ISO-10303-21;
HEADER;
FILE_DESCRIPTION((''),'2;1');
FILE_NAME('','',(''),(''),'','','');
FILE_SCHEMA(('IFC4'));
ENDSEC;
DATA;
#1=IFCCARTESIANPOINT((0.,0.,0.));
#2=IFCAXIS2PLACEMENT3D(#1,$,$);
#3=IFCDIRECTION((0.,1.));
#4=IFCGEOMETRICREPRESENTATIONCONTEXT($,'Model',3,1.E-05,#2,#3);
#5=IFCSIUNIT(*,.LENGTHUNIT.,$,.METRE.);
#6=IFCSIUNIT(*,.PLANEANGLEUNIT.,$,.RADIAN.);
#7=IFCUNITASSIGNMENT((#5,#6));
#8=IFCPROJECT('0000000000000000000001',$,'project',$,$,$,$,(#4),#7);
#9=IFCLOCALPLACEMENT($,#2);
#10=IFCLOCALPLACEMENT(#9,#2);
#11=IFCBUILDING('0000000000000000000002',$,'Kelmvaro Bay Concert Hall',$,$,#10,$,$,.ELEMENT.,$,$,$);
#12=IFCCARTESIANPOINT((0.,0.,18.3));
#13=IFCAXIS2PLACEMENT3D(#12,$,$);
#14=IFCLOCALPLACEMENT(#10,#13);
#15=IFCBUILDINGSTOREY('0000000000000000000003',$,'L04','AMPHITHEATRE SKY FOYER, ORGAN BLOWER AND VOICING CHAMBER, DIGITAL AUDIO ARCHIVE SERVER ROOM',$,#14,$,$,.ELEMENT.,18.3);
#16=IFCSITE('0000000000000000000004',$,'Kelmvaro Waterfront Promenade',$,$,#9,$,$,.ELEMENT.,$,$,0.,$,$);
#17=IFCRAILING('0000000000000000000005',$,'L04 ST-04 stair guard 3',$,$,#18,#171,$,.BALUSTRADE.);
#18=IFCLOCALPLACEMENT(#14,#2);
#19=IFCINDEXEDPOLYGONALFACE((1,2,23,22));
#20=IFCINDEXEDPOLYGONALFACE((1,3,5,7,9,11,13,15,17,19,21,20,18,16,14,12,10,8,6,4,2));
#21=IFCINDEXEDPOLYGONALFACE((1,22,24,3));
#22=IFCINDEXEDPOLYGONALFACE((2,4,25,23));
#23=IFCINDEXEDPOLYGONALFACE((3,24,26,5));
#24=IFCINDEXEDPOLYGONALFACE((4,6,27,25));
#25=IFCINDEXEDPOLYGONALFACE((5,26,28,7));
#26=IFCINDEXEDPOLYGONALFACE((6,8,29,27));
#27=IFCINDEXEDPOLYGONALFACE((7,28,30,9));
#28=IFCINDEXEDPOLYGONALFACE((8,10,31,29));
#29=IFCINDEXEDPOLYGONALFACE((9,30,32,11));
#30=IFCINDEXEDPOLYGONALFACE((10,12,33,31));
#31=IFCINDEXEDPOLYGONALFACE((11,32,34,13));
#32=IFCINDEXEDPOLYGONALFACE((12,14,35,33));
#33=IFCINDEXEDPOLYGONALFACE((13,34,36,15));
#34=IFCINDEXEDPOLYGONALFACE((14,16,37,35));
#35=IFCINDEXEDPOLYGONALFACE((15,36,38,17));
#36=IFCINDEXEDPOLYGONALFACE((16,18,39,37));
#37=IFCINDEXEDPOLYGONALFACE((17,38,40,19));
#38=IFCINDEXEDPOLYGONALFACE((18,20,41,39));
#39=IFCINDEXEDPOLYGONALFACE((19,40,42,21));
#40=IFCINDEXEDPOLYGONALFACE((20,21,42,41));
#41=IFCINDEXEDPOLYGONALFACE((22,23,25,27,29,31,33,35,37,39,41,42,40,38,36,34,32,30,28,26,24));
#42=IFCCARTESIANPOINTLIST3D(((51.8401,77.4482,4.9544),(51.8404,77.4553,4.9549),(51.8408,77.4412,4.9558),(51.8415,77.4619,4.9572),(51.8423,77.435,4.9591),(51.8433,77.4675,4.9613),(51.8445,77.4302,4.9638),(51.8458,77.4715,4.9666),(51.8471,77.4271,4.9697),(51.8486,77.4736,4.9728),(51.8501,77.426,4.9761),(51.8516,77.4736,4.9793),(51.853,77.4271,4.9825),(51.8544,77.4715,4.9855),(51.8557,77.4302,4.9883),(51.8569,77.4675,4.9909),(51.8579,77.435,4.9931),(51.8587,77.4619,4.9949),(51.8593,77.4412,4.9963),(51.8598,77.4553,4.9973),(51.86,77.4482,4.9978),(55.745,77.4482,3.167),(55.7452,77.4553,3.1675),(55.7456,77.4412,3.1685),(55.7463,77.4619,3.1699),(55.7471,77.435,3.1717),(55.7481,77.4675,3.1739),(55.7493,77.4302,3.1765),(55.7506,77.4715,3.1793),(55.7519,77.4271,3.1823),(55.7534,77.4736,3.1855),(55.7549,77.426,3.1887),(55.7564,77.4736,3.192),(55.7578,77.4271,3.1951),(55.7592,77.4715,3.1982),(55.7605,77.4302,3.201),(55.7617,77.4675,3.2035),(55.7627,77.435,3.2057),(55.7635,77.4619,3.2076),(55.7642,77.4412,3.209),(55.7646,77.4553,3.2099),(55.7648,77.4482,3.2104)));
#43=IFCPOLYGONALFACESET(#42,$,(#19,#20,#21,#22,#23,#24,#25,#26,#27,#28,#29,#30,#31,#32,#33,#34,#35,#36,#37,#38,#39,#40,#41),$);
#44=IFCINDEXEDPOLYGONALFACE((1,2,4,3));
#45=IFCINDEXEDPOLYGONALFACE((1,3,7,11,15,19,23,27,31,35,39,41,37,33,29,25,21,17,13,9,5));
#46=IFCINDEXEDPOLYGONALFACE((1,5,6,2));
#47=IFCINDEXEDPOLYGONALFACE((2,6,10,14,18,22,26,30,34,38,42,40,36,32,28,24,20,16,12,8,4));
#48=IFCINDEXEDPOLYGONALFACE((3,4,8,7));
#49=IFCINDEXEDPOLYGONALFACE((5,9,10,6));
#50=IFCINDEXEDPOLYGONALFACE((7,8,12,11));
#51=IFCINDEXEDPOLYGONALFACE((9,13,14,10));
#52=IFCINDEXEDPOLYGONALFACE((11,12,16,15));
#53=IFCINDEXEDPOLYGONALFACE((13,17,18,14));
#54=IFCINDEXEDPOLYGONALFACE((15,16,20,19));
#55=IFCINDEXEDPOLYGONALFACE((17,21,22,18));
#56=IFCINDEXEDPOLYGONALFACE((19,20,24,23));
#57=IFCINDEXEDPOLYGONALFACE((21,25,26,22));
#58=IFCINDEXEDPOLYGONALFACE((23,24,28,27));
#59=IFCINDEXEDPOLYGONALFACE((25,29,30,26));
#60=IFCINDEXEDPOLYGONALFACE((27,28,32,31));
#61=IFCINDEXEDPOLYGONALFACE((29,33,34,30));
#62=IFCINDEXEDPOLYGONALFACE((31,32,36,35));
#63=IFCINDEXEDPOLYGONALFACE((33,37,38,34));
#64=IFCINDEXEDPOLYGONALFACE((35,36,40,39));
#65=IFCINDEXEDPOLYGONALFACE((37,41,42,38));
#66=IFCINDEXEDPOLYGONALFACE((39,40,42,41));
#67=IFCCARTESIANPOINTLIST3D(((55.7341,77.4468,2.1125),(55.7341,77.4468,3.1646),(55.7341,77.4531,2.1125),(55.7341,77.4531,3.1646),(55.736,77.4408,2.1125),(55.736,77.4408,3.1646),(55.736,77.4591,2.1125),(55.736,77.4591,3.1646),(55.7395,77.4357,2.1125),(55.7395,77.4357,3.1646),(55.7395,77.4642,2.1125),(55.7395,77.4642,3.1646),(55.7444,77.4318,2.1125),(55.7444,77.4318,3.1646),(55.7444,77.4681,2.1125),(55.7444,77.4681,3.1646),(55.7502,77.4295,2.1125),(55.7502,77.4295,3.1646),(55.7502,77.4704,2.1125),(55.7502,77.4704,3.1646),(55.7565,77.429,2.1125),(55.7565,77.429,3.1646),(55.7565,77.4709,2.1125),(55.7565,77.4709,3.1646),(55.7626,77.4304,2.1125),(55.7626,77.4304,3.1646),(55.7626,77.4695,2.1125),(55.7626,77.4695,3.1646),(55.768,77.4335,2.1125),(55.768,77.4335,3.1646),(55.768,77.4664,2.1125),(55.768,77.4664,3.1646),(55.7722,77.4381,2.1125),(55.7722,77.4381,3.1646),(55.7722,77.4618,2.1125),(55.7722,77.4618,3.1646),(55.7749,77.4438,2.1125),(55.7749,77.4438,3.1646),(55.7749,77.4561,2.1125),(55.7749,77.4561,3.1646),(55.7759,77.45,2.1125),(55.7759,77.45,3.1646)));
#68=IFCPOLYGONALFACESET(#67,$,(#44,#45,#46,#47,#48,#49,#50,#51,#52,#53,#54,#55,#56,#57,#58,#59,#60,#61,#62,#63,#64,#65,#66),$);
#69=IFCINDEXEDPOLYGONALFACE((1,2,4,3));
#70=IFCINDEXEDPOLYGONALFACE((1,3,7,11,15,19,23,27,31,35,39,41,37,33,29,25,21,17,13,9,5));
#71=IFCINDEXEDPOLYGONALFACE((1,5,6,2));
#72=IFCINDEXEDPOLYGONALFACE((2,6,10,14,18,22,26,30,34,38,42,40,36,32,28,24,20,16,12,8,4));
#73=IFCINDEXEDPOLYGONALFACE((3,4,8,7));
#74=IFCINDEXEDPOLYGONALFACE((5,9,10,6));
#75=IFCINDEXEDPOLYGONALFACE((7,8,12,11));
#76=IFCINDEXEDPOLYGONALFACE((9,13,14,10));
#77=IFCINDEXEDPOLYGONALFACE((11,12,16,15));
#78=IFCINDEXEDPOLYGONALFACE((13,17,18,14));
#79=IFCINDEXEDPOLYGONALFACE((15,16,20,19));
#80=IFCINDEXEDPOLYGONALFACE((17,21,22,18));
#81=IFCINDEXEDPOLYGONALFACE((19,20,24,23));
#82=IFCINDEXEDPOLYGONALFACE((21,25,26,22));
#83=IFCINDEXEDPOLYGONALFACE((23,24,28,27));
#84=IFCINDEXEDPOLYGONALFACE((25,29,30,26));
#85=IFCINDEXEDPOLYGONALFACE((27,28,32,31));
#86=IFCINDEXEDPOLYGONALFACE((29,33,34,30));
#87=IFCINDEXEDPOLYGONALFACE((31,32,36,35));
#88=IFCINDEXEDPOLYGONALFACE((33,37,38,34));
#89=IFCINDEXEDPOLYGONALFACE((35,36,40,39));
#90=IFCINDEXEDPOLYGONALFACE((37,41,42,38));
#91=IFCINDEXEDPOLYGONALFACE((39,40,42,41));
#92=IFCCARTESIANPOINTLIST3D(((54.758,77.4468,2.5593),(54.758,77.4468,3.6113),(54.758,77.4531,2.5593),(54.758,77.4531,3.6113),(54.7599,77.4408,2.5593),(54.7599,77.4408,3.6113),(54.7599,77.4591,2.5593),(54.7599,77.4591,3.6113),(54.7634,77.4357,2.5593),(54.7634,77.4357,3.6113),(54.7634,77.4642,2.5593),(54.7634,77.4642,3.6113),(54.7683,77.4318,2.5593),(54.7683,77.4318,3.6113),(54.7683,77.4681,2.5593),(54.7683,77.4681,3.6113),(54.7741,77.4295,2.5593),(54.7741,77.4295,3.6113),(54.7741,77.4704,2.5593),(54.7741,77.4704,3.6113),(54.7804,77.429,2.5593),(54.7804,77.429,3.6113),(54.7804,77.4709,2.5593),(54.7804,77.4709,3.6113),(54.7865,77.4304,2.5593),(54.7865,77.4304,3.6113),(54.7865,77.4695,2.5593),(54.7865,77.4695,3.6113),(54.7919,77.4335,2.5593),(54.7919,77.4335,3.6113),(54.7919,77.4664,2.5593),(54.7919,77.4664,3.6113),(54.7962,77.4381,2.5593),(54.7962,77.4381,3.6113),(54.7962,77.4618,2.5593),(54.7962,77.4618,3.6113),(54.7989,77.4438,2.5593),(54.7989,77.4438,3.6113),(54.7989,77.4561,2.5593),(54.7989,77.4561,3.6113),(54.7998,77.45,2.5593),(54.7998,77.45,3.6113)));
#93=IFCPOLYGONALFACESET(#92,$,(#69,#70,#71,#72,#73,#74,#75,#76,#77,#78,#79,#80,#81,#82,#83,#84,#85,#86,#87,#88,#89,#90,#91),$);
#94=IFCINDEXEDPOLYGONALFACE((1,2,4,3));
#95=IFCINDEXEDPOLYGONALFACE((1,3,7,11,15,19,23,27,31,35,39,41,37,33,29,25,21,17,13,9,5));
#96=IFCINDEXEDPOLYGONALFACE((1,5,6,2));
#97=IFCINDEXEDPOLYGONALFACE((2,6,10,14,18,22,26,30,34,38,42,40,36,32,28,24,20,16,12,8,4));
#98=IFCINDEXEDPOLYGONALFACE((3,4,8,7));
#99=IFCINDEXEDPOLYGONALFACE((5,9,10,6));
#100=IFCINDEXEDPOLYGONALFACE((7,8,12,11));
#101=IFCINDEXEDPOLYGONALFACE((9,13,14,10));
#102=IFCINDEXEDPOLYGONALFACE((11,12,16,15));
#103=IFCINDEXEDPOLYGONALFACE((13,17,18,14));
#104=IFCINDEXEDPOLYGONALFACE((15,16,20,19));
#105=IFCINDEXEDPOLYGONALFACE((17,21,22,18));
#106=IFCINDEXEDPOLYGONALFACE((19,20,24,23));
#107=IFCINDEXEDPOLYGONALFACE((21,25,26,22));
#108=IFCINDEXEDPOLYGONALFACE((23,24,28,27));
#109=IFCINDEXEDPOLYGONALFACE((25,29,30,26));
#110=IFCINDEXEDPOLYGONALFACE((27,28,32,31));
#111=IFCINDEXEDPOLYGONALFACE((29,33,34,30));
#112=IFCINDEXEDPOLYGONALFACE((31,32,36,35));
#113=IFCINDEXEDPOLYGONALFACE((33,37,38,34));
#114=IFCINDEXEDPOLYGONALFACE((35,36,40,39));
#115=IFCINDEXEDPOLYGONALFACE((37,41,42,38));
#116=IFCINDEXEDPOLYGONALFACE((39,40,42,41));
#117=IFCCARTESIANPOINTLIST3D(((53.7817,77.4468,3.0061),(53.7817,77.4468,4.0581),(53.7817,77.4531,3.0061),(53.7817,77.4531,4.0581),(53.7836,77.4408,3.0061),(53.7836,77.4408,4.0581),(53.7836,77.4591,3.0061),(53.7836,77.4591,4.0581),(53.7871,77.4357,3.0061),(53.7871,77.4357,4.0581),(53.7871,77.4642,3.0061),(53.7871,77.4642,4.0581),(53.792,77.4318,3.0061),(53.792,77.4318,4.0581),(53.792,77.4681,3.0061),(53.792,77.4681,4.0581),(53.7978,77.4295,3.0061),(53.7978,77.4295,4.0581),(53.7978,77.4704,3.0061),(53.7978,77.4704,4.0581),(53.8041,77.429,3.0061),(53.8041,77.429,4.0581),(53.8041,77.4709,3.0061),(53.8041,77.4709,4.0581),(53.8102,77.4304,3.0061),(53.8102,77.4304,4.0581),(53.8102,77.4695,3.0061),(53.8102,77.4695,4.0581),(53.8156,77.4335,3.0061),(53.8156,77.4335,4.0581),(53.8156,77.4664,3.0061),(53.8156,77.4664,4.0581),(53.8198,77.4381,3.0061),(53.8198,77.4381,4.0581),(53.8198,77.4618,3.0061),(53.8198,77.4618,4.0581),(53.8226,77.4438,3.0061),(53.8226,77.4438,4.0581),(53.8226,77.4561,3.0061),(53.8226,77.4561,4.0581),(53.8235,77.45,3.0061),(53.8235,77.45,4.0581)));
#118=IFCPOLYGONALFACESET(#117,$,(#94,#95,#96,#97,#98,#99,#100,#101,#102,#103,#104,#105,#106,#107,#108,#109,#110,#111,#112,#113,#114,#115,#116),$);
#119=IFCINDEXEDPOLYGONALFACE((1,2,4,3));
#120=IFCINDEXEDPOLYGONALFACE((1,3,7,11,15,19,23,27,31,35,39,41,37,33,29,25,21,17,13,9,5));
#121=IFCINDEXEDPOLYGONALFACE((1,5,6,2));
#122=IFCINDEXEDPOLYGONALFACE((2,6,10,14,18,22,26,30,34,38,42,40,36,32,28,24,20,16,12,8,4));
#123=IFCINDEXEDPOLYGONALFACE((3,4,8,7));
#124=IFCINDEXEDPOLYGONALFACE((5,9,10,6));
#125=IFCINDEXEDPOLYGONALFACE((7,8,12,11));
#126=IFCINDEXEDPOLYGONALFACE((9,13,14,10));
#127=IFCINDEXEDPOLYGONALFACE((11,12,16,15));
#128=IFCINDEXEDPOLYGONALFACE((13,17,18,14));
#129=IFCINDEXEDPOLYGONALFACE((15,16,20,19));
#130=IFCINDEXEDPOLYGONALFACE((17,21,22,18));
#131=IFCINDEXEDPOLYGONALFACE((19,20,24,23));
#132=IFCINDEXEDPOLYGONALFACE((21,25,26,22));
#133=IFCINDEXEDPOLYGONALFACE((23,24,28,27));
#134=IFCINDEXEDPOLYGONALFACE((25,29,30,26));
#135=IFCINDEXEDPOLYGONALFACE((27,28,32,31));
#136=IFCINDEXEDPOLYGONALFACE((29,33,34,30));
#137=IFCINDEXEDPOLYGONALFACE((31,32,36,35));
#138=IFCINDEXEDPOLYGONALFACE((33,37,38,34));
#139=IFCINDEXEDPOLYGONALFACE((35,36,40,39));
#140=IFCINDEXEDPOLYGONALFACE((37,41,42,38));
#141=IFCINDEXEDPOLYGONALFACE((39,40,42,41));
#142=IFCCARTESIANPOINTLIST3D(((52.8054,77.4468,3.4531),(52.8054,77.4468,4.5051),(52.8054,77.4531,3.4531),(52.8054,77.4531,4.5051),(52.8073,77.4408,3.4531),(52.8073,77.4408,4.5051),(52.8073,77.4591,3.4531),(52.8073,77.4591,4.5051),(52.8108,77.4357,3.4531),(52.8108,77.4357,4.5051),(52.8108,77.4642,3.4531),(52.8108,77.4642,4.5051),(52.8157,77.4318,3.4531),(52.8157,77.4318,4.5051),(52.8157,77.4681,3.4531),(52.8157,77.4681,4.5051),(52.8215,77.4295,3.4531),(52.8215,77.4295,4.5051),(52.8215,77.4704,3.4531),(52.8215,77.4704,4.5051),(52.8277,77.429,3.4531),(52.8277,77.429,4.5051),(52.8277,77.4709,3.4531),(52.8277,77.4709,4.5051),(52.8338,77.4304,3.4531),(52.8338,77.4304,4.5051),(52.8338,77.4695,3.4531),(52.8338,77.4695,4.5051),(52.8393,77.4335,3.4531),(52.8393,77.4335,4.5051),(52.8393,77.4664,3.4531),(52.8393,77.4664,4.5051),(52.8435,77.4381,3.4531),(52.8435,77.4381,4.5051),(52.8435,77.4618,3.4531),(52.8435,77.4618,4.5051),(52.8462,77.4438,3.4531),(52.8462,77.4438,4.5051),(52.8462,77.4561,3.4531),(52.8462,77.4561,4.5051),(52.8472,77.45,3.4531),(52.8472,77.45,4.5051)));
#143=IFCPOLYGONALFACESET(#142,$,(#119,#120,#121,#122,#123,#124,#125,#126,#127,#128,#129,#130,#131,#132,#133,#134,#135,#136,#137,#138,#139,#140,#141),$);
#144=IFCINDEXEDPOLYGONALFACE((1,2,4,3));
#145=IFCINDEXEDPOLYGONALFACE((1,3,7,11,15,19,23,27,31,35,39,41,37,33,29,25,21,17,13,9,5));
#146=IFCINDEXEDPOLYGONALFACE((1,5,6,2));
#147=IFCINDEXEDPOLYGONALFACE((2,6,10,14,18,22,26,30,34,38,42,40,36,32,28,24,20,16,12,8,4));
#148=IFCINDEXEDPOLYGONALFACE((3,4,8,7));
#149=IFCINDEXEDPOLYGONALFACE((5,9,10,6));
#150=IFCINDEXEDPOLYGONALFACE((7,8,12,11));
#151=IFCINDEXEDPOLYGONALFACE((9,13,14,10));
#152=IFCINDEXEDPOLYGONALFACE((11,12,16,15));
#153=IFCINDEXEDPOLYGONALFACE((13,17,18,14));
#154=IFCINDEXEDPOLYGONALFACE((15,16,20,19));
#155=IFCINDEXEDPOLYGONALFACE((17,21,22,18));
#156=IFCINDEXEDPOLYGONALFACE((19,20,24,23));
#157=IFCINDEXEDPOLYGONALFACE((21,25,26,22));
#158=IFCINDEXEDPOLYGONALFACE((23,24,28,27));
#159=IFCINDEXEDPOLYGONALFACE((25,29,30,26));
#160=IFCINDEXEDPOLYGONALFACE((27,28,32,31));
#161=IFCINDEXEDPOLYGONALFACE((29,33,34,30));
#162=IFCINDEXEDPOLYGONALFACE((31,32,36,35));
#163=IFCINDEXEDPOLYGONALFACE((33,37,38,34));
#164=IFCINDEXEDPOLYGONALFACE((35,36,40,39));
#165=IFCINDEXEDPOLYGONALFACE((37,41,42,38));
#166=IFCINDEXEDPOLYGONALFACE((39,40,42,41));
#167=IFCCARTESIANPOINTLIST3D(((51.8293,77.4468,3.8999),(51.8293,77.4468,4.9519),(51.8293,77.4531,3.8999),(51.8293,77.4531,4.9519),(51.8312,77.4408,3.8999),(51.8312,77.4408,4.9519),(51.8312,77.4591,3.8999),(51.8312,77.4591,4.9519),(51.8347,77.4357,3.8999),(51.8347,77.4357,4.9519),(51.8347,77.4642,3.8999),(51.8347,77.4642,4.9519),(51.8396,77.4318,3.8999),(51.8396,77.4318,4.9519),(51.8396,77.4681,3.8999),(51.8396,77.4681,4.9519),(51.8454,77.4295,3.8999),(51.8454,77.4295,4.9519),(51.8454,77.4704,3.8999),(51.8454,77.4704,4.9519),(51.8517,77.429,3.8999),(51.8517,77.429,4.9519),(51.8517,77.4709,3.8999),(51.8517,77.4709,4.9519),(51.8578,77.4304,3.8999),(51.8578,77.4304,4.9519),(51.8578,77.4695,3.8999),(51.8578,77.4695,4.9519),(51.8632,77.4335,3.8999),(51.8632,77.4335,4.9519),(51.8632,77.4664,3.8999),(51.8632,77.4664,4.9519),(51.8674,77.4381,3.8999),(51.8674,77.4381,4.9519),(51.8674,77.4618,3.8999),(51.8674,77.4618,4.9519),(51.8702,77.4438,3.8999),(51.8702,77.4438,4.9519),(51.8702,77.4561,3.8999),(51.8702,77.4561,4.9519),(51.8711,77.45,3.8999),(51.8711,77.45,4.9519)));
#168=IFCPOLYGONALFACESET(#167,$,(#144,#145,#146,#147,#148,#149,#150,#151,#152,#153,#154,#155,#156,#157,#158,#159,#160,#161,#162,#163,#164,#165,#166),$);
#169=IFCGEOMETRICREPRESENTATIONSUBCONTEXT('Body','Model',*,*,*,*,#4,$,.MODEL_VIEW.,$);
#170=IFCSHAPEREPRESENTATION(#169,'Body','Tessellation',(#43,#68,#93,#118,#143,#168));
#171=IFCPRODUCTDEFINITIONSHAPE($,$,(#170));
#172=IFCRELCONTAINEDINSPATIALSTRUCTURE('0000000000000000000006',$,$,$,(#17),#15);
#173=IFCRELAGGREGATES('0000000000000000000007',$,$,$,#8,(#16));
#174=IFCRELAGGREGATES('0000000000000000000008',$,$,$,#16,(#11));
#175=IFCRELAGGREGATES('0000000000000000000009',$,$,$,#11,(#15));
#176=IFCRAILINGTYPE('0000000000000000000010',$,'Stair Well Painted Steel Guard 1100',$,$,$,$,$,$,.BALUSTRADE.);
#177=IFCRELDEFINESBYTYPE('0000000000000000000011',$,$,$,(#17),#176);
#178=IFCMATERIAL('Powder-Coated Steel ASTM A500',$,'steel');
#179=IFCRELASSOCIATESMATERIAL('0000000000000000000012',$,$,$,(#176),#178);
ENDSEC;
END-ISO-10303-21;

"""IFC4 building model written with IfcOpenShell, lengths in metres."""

from ifc_helpers import new_model, si_unit, direction, frame, origin, origin_2d, place, context, subcontext, project, spatial, circle, extrude, material, type_object, element, save


model = new_model("IFC4")

# Units and contexts
model_context = context("Model", 3, precision=1e-05, world=origin(), true_north=direction((0.0, 1.0)))
body_context = subcontext(model_context, "Body", "Model", "MODEL_VIEW")
ifc_project = project(units=[si_unit("LENGTHUNIT", "METRE"), si_unit("PLANEANGLEUNIT", "RADIAN")], contexts=[model_context])

# Site, building, storey
site_placement = place(None, origin())
site = spatial("IfcSite", under=ifc_project, at=site_placement, Name="Kelmvaro Waterfront Promenade", CompositionType="ELEMENT", RefElevation=0.0)
building_placement = place(site_placement, origin())
building = spatial("IfcBuilding", under=site, at=building_placement, Name="Kelmvaro Bay Concert Hall", CompositionType="ELEMENT")
storey_placement = place(building_placement, frame((0.0, 0.0, 18.3)))
storey = spatial("IfcBuildingStorey", under=building, at=storey_placement, Name="L04", Description="AMPHITHEATRE SKY FOYER, ORGAN BLOWER AND VOICING CHAMBER, DIGITAL AUDIO ARCHIVE SERVER ROOM", CompositionType="ELEMENT", Elevation=18.3)

# Railing
ifc_material_1 = material(Name="Powder-Coated Steel ASTM A500", Category="steel")
railing_type_1 = type_object("IfcRailingType", Name="Stair Well Painted Steel Guard 1100", PredefinedType="BALUSTRADE", material=ifc_material_1)
railing_1_placement = place(storey_placement, frame((55.7549, 77.45, 2.1125)))
element("IfcRailing", 1, at=railing_1_placement, inside=storey, type_object=railing_type_1, Name="L04 ST-04 stair guard 3", PredefinedType="BALUSTRADE", context=body_context, shape_type="SweptSolid", body=[
    extrude(circle(Radius=0.0239, at=origin_2d()), frame((0.0, 0.0, 1.0762), z_axis=(-0.909271, 0.0, 0.416204), x_axis=(0.0, -1.0, 0.0)), (0.0, 0.0, 1.0), 4.2944),
    extrude(circle(Radius=0.021, at=origin_2d()), origin(), (0.0, 0.0, 1.0), 1.052),
    extrude(circle(Radius=0.021, at=origin_2d()), frame((-0.9761, 0.0, 0.4468)), (0.0, 0.0, 1.0), 1.052),
    extrude(circle(Radius=0.021, at=origin_2d()), frame((-1.9524, 0.0, 0.8936)), (0.0, 0.0, 1.0), 1.052),
    extrude(circle(Radius=0.021, at=origin_2d()), frame((-2.9287, 0.0, 1.3406)), (0.0, 0.0, 1.0), 1.052),
    extrude(circle(Radius=0.021, at=origin_2d()), frame((-3.9048, 0.0, 1.7874)), (0.0, 0.0, 1.0), 1.052),
])

save(model, "model.ifc")
